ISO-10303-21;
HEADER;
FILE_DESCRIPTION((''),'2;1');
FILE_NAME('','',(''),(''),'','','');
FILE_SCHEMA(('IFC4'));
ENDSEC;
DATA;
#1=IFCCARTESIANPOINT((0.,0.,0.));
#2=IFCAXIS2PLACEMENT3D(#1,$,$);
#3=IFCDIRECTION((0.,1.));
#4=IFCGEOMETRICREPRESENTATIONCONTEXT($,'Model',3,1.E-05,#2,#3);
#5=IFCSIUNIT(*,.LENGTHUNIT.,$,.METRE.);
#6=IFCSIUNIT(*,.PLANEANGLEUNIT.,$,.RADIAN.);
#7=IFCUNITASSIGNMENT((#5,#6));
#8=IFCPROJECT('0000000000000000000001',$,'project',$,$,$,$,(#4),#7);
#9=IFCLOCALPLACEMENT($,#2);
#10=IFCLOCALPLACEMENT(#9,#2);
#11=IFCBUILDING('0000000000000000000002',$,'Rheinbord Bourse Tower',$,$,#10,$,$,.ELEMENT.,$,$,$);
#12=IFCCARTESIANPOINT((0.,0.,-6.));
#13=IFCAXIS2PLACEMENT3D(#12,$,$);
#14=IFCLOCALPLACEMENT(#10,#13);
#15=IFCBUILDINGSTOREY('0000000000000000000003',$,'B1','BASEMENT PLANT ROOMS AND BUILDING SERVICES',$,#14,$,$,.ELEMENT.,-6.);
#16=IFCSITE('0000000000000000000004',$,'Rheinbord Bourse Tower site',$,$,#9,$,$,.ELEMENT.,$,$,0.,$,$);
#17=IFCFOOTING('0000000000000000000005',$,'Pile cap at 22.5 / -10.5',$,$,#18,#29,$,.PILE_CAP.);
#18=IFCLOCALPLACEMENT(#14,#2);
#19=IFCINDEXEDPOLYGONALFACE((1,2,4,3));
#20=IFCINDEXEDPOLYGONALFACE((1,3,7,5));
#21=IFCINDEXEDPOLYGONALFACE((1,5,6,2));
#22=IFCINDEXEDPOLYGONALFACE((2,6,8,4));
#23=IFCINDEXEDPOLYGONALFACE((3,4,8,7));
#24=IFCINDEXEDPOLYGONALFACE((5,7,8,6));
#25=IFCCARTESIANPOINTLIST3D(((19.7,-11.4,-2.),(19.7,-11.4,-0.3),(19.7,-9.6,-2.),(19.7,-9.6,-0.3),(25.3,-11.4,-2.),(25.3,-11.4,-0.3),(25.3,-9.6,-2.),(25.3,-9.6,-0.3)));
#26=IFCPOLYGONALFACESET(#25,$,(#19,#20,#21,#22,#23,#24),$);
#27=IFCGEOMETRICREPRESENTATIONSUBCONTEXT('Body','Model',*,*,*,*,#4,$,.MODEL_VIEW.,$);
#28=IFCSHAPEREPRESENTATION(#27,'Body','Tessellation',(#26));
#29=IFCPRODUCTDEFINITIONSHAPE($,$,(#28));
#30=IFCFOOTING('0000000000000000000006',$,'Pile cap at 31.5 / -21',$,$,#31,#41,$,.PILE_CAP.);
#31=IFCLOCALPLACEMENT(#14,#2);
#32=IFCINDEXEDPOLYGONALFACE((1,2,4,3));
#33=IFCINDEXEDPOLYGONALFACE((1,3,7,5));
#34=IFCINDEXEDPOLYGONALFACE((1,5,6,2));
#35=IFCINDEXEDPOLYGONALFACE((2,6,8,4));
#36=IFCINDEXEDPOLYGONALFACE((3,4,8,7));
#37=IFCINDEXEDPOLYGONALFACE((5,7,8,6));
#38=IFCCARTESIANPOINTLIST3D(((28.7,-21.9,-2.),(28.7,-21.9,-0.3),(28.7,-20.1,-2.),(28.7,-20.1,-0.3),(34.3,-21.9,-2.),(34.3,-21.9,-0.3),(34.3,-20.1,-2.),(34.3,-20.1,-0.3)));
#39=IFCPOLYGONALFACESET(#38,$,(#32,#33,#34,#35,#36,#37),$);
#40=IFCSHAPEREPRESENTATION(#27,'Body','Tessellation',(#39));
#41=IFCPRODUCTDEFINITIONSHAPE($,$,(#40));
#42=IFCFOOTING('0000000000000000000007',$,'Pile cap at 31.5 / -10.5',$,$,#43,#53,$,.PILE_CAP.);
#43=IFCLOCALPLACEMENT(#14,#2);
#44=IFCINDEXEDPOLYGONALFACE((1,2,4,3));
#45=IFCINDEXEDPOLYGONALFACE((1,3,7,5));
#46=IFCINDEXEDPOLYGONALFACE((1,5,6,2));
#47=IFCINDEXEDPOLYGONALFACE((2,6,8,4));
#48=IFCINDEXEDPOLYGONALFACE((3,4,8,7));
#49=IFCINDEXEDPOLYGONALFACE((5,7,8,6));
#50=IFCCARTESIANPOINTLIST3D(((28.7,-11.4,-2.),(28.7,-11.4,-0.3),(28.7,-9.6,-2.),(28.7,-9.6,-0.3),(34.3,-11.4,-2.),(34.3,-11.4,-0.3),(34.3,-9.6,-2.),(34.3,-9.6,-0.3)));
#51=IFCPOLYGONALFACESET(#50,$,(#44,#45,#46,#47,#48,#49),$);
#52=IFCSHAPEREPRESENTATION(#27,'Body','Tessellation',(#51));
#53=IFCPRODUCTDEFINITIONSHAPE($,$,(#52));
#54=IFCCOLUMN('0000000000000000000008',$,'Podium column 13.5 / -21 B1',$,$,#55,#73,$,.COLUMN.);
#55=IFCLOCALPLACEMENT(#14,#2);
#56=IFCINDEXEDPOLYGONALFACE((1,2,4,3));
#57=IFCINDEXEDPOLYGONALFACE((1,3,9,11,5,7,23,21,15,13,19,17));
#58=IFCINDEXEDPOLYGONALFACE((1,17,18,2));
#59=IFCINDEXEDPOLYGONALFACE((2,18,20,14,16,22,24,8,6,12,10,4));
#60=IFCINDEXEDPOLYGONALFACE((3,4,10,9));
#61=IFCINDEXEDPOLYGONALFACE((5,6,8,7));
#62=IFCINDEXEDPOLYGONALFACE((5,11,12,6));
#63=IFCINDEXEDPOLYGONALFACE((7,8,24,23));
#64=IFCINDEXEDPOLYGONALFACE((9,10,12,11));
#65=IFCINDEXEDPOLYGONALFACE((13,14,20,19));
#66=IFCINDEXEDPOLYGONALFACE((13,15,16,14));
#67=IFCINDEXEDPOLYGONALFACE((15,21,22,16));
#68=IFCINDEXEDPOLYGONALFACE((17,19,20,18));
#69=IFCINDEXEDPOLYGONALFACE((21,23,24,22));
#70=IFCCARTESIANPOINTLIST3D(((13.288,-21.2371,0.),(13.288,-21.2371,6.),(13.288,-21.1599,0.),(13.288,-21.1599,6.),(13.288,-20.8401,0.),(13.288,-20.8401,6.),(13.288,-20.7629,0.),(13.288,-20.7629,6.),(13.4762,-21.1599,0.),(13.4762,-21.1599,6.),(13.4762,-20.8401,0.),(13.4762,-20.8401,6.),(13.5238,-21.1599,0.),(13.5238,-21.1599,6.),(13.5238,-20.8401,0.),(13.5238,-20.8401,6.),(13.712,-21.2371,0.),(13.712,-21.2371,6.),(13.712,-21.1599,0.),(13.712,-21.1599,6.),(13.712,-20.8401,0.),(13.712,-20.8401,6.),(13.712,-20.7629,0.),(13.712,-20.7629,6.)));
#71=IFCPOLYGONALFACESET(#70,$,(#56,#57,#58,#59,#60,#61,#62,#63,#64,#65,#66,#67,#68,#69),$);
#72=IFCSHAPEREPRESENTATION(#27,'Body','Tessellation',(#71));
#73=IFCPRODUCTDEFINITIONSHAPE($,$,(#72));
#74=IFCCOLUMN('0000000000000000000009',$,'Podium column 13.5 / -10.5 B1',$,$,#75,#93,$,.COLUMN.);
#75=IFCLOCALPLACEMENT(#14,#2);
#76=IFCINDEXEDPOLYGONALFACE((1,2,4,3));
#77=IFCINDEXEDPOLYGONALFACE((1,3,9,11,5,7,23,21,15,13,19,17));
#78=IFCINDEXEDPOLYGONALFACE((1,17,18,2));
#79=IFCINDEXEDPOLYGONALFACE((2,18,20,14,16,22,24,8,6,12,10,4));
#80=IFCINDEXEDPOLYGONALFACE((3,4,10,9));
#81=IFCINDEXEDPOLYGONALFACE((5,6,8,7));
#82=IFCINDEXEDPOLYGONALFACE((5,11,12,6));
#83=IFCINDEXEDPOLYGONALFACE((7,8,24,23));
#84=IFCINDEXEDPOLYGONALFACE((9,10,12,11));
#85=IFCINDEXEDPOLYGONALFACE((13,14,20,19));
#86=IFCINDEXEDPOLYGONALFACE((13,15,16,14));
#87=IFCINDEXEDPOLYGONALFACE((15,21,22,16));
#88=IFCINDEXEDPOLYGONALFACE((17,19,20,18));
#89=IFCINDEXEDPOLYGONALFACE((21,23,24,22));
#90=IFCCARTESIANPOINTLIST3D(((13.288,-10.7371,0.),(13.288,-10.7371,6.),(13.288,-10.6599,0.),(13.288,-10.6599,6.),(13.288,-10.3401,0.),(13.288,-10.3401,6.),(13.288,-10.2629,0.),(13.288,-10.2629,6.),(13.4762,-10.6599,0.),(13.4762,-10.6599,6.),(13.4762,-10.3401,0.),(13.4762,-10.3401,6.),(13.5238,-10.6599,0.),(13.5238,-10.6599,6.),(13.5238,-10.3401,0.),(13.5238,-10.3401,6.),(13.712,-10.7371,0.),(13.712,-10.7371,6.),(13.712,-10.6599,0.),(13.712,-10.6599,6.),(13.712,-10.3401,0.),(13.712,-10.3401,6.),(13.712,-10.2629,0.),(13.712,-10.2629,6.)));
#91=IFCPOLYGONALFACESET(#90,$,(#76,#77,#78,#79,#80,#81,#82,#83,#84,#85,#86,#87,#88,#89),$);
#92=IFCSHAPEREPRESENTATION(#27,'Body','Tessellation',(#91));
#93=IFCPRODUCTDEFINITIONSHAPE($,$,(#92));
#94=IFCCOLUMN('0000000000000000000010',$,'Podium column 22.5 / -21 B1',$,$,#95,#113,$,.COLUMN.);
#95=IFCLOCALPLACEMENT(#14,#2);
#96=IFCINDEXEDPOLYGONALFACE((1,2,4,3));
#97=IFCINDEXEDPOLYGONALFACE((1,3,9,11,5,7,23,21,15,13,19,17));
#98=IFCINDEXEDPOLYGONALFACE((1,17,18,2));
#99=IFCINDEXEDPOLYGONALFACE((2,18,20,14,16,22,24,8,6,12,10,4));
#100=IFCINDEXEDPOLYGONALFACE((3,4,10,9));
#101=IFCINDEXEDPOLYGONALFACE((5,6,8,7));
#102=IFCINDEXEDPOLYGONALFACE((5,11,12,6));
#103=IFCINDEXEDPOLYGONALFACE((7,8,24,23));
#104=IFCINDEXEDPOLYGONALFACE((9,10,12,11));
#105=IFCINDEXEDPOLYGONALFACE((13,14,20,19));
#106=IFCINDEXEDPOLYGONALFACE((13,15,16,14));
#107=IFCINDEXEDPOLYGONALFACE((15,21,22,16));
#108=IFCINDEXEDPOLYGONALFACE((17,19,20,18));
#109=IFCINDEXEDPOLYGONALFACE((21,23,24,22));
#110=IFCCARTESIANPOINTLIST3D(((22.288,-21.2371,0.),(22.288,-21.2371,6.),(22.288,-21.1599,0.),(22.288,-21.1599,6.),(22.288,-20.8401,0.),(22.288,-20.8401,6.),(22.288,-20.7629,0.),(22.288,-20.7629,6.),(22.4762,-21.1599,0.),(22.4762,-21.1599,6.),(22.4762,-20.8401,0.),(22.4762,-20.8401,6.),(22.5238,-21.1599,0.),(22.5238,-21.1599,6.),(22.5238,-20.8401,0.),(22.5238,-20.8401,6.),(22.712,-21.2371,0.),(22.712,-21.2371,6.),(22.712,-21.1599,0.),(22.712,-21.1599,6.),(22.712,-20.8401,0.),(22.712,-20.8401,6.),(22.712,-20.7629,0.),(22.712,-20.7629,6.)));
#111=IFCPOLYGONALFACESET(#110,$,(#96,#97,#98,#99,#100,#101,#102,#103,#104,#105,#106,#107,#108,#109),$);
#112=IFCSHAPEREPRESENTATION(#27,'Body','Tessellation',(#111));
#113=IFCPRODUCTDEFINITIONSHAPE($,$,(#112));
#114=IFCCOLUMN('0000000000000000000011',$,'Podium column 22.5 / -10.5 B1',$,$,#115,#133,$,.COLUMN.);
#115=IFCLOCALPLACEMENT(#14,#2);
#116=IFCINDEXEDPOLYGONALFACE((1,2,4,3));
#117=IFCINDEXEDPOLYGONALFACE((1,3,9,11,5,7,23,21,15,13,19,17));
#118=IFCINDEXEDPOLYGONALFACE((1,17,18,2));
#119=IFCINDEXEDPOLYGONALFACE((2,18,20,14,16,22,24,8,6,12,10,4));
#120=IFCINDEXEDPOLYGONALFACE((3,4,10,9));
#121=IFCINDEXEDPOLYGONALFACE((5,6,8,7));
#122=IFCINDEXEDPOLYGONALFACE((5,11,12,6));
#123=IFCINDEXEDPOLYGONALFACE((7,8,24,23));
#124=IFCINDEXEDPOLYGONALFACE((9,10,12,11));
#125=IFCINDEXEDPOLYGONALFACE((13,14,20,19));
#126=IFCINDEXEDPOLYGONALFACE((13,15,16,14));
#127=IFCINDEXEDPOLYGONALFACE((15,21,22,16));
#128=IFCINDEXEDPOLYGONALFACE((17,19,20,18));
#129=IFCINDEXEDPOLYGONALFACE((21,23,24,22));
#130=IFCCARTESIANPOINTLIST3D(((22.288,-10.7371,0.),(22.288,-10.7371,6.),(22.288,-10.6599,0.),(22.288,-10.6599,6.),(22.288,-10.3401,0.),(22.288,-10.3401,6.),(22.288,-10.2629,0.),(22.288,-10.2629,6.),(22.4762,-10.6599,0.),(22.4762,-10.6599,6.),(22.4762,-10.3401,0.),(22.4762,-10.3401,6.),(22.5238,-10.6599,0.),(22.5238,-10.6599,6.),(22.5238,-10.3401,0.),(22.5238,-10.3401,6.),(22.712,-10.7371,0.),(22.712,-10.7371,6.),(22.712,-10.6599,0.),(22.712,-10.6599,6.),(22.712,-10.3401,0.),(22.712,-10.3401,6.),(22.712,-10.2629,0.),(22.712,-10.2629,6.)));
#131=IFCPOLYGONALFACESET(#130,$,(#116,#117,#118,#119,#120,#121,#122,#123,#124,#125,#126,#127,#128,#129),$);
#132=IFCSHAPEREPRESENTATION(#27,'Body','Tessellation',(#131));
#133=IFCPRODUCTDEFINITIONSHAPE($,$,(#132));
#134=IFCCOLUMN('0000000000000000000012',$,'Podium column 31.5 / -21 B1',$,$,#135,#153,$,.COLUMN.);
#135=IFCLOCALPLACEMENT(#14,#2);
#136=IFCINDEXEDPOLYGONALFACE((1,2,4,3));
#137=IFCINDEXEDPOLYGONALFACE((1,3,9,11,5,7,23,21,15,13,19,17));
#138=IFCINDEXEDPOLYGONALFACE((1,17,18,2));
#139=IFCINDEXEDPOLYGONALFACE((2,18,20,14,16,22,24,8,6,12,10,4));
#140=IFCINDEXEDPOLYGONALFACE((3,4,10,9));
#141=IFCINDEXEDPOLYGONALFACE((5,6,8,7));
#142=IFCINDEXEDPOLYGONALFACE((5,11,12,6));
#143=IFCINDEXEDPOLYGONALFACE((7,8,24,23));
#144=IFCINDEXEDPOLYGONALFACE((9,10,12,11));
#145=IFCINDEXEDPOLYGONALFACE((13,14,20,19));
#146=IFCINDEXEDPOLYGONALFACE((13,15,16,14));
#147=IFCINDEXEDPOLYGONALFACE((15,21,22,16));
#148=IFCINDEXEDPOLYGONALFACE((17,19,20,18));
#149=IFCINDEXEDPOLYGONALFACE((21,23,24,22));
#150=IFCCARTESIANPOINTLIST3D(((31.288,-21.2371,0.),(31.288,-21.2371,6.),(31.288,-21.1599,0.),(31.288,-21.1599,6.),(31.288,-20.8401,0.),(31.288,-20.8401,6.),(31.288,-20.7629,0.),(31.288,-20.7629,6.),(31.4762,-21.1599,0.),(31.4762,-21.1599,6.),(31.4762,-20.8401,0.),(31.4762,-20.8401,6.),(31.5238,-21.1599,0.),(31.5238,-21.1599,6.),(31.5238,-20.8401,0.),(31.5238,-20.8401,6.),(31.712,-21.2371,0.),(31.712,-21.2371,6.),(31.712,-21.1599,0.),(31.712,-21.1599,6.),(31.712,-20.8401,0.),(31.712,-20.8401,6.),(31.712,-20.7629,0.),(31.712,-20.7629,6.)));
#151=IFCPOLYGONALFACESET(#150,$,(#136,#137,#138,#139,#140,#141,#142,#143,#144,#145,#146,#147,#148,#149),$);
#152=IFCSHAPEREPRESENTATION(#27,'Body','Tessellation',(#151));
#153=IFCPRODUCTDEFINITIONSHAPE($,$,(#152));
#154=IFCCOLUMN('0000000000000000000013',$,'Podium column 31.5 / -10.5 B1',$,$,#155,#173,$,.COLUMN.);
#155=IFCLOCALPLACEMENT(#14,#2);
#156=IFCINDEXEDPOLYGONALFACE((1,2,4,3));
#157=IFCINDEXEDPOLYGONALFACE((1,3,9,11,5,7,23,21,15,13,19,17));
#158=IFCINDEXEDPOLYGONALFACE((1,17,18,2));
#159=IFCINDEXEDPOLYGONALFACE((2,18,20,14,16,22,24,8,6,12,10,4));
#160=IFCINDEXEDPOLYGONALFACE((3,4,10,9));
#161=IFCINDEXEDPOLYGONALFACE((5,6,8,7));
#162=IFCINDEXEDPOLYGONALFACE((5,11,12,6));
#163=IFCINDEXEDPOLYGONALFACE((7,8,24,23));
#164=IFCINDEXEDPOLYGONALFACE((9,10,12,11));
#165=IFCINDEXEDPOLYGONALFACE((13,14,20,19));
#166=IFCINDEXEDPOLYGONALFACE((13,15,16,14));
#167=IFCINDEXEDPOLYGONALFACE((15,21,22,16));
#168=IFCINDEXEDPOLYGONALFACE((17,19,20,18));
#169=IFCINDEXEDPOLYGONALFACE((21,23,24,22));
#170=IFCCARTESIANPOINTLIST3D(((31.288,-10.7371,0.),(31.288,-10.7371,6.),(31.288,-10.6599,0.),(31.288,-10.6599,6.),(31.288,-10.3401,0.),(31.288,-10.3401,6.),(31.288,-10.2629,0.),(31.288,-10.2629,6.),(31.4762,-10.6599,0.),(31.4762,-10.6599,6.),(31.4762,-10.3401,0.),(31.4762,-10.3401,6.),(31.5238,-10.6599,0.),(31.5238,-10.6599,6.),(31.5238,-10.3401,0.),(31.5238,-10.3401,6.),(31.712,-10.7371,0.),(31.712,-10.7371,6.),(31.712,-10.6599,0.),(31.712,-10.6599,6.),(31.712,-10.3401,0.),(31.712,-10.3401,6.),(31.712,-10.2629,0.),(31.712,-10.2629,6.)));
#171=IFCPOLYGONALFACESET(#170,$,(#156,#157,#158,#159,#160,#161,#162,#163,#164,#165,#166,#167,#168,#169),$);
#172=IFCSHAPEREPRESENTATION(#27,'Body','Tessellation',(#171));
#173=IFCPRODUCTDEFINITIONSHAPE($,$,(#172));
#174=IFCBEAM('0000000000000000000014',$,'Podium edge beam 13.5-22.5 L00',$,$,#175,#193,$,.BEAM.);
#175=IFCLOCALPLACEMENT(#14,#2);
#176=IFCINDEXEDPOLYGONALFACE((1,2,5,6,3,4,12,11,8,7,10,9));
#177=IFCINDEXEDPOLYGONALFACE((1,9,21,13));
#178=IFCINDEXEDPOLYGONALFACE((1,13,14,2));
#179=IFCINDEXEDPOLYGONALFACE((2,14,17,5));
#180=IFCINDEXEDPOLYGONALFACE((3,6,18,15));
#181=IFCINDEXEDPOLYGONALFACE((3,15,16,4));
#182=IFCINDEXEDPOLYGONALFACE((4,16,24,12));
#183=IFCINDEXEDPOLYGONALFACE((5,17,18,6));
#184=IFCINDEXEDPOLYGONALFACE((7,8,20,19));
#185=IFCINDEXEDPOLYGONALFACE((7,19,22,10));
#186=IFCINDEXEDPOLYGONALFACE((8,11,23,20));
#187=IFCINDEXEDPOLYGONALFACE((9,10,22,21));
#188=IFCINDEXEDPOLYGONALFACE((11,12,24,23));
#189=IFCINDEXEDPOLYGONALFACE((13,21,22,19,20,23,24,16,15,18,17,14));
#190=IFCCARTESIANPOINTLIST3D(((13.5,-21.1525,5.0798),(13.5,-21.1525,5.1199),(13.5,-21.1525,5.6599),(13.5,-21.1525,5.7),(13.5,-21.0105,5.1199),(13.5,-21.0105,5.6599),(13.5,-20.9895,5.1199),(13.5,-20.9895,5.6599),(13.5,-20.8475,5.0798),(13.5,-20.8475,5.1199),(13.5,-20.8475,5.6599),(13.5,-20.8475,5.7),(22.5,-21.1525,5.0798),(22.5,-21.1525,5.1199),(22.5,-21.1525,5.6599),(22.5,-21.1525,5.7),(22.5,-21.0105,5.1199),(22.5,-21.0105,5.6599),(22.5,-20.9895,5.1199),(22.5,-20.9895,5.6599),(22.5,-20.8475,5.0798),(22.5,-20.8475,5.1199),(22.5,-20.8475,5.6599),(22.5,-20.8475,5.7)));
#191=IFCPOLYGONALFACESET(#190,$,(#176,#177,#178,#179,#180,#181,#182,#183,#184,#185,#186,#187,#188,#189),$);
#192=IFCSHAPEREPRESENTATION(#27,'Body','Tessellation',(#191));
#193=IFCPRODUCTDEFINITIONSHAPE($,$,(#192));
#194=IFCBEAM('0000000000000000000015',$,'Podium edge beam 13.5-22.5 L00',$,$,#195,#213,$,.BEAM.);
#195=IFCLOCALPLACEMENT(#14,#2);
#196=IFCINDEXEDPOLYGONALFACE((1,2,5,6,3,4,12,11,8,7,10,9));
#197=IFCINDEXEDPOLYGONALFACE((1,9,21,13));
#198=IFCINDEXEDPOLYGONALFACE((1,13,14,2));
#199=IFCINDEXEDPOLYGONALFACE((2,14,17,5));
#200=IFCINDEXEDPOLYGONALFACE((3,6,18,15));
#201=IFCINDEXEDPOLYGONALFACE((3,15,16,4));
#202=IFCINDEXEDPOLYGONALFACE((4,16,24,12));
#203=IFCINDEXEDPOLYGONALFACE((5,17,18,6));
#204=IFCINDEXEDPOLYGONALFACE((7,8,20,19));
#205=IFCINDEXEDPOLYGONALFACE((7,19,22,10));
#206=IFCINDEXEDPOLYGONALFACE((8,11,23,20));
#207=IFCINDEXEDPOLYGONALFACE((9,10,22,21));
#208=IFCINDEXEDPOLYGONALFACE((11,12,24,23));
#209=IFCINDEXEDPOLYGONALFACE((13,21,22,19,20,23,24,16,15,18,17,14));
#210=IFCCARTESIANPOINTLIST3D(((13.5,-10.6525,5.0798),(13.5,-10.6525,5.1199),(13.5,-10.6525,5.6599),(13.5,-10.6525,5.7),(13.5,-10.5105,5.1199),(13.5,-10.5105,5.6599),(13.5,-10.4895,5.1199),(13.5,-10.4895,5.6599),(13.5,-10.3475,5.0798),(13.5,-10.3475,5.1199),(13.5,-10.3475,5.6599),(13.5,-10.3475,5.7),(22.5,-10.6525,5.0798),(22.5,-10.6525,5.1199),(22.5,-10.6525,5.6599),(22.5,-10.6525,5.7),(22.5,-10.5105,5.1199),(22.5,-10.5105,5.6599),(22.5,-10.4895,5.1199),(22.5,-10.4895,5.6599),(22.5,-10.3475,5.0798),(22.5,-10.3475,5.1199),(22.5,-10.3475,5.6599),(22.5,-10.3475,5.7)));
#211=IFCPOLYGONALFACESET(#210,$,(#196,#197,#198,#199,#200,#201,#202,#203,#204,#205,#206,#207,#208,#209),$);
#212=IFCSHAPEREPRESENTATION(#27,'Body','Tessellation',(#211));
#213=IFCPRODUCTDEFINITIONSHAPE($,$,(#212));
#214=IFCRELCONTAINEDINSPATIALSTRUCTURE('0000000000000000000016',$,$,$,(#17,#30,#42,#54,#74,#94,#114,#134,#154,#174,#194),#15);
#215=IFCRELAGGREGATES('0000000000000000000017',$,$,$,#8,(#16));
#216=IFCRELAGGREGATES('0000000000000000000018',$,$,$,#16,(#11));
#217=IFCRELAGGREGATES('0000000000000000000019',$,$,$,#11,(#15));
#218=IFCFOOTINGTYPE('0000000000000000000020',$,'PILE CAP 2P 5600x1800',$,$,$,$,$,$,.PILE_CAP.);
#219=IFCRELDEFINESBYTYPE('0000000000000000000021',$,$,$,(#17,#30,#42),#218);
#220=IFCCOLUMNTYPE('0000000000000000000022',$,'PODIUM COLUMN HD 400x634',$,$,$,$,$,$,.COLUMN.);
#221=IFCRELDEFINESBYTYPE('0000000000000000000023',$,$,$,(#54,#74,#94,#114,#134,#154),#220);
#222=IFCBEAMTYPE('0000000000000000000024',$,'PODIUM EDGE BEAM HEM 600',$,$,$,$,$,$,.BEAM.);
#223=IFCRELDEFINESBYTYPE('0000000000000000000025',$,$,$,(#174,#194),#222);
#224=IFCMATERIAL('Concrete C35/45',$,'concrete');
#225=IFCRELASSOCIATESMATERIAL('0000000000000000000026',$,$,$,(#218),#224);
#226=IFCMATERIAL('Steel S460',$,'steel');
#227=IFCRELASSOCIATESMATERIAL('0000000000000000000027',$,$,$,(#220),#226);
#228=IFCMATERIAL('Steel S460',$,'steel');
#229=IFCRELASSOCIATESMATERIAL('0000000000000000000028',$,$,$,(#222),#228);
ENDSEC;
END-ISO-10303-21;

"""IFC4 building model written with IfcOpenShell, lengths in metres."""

from ifc_helpers import new_model, si_unit, direction, frame, origin, origin_2d, place, context, subcontext, project, spatial, rectangle, i_section, extrude, material, material_profile, profile_set, type_object, element, save


model = new_model("IFC4")

# Units and contexts
model_context = context("Model", 3, precision=1e-05, world=origin(), true_north=direction((0.0, 1.0)))
body_context = subcontext(model_context, "Body", "Model", "MODEL_VIEW")
ifc_project = project(units=[si_unit("LENGTHUNIT", "METRE"), si_unit("PLANEANGLEUNIT", "RADIAN")], contexts=[model_context])

# Site, building, storey
site_placement = place(None, origin())
site = spatial("IfcSite", under=ifc_project, at=site_placement, Name="Rheinbord Bourse Tower site", CompositionType="ELEMENT", RefElevation=0.0)
building_placement = place(site_placement, origin())
building = spatial("IfcBuilding", under=site, at=building_placement, Name="Rheinbord Bourse Tower", CompositionType="ELEMENT")
storey_placement = place(building_placement, frame((0.0, 0.0, -6.0)))
storey = spatial("IfcBuildingStorey", under=building, at=storey_placement, Name="B1", Description="BASEMENT PLANT ROOMS AND BUILDING SERVICES", CompositionType="ELEMENT", Elevation=-6.0)

# Footings
ifc_material_1 = material(Name="Concrete C35/45", Category="concrete")
footing_type = type_object("IfcFootingType", Name="PILE CAP 2P 5600x1800", PredefinedType="PILE_CAP", material=ifc_material_1)
for number, where, z_axis, x_axis, name in (
    (1, (22.5, -10.5, -2.0), (0.0, 0.0, 1.0), (1.0, 0.0, 0.0), "Pile cap at 22.5 / -10.5"),
    (2, (31.5, -21.0, -2.0), (0.0, 0.0, 1.0), (1.0, 0.0, 0.0), "Pile cap at 31.5 / -21"),
    (3, (31.5, -10.5, -2.0), (0.0, 0.0, 1.0), (1.0, 0.0, 0.0), "Pile cap at 31.5 / -10.5"),
):
    element("IfcFooting", number, at=place(storey_placement, frame(where, z_axis=z_axis, x_axis=x_axis)), inside=storey, type_object=footing_type, Name=name, PredefinedType="PILE_CAP", context=body_context, shape_type="SweptSolid", body=[
        extrude(rectangle(XDim=5.6001, YDim=1.8, at=origin_2d()), origin(), (0.0, 0.0, 1.0), 1.7),
    ])

# Columns
ifc_material_2 = material(Name="Steel S460", Category="steel")
ifc_material_profile_1 = material_profile(ifc_material_2, i_section(OverallWidth=0.4241, OverallDepth=0.4741, WebThickness=0.0476, FlangeThickness=0.0771, at=origin_2d()), Name="HD 400x634")
ifc_profile_set_1 = profile_set([ifc_material_profile_1], Name="Steel S460")
column_type = type_object("IfcColumnType", Name="PODIUM COLUMN HD 400x634", PredefinedType="COLUMN", material=ifc_profile_set_1)
for number, where, z_axis, x_axis, name in (
    (4, (13.5, -21.0, 0.0), (0.0, 0.0, 1.0), (1.0, 0.0, 0.0), "Podium column 13.5 / -21 B1"),
    (5, (13.5, -10.5, 0.0), (0.0, 0.0, 1.0), (1.0, 0.0, 0.0), "Podium column 13.5 / -10.5 B1"),
    (6, (22.5, -21.0, 0.0), (0.0, 0.0, 1.0), (1.0, 0.0, 0.0), "Podium column 22.5 / -21 B1"),
    (7, (22.5, -10.5, 0.0), (0.0, 0.0, 1.0), (1.0, 0.0, 0.0), "Podium column 22.5 / -10.5 B1"),
    (8, (31.5, -21.0, 0.0), (0.0, 0.0, 1.0), (1.0, 0.0, 0.0), "Podium column 31.5 / -21 B1"),
    (9, (31.5, -10.5, 0.0), (0.0, 0.0, 1.0), (1.0, 0.0, 0.0), "Podium column 31.5 / -10.5 B1"),
):
    element("IfcColumn", number, at=place(storey_placement, frame(where, z_axis=z_axis, x_axis=x_axis)), inside=storey, type_object=column_type, Name=name, PredefinedType="COLUMN", context=body_context, shape_type="SweptSolid", body=[
        extrude(i_section(OverallWidth=0.4241, OverallDepth=0.4741, WebThickness=0.0476, FlangeThickness=0.0771, at=origin_2d()), origin(), (0.0, 0.0, 1.0), 6.0),
    ])

# Beams
ifc_material_3 = material(Name="Steel S460", Category="steel")
ifc_material_profile_2 = material_profile(ifc_material_3, i_section(OverallWidth=0.3049, OverallDepth=0.6201, WebThickness=0.021, FlangeThickness=0.04, at=origin_2d()), Name="HEM 600")
ifc_profile_set_2 = profile_set([ifc_material_profile_2], Name="Steel S460")
beam_type_1 = type_object("IfcBeamType", Name="PODIUM EDGE BEAM HEM 600", PredefinedType="BEAM", material=ifc_profile_set_2)
for number, where, z_axis, x_axis, name in (
    (10, (13.5, -21.0, 5.3899), (1.0, 0.0, 0.0), (0.0, 1.0, 0.0), "Podium edge beam 13.5-22.5 L00"),
    (11, (13.5, -10.5, 5.3899), (1.0, 0.0, 0.0), (0.0, 1.0, 0.0), "Podium edge beam 13.5-22.5 L00"),
):
    element("IfcBeam", number, at=place(storey_placement, frame(where, z_axis=z_axis, x_axis=x_axis)), inside=storey, type_object=beam_type_1, Name=name, PredefinedType="BEAM", context=body_context, shape_type="SweptSolid", body=[
        extrude(i_section(OverallWidth=0.3049, OverallDepth=0.6201, WebThickness=0.021, FlangeThickness=0.04, at=origin_2d()), origin(), (0.0, 0.0, 1.0), 9.0),
    ])

save(model, "model.ifc")
